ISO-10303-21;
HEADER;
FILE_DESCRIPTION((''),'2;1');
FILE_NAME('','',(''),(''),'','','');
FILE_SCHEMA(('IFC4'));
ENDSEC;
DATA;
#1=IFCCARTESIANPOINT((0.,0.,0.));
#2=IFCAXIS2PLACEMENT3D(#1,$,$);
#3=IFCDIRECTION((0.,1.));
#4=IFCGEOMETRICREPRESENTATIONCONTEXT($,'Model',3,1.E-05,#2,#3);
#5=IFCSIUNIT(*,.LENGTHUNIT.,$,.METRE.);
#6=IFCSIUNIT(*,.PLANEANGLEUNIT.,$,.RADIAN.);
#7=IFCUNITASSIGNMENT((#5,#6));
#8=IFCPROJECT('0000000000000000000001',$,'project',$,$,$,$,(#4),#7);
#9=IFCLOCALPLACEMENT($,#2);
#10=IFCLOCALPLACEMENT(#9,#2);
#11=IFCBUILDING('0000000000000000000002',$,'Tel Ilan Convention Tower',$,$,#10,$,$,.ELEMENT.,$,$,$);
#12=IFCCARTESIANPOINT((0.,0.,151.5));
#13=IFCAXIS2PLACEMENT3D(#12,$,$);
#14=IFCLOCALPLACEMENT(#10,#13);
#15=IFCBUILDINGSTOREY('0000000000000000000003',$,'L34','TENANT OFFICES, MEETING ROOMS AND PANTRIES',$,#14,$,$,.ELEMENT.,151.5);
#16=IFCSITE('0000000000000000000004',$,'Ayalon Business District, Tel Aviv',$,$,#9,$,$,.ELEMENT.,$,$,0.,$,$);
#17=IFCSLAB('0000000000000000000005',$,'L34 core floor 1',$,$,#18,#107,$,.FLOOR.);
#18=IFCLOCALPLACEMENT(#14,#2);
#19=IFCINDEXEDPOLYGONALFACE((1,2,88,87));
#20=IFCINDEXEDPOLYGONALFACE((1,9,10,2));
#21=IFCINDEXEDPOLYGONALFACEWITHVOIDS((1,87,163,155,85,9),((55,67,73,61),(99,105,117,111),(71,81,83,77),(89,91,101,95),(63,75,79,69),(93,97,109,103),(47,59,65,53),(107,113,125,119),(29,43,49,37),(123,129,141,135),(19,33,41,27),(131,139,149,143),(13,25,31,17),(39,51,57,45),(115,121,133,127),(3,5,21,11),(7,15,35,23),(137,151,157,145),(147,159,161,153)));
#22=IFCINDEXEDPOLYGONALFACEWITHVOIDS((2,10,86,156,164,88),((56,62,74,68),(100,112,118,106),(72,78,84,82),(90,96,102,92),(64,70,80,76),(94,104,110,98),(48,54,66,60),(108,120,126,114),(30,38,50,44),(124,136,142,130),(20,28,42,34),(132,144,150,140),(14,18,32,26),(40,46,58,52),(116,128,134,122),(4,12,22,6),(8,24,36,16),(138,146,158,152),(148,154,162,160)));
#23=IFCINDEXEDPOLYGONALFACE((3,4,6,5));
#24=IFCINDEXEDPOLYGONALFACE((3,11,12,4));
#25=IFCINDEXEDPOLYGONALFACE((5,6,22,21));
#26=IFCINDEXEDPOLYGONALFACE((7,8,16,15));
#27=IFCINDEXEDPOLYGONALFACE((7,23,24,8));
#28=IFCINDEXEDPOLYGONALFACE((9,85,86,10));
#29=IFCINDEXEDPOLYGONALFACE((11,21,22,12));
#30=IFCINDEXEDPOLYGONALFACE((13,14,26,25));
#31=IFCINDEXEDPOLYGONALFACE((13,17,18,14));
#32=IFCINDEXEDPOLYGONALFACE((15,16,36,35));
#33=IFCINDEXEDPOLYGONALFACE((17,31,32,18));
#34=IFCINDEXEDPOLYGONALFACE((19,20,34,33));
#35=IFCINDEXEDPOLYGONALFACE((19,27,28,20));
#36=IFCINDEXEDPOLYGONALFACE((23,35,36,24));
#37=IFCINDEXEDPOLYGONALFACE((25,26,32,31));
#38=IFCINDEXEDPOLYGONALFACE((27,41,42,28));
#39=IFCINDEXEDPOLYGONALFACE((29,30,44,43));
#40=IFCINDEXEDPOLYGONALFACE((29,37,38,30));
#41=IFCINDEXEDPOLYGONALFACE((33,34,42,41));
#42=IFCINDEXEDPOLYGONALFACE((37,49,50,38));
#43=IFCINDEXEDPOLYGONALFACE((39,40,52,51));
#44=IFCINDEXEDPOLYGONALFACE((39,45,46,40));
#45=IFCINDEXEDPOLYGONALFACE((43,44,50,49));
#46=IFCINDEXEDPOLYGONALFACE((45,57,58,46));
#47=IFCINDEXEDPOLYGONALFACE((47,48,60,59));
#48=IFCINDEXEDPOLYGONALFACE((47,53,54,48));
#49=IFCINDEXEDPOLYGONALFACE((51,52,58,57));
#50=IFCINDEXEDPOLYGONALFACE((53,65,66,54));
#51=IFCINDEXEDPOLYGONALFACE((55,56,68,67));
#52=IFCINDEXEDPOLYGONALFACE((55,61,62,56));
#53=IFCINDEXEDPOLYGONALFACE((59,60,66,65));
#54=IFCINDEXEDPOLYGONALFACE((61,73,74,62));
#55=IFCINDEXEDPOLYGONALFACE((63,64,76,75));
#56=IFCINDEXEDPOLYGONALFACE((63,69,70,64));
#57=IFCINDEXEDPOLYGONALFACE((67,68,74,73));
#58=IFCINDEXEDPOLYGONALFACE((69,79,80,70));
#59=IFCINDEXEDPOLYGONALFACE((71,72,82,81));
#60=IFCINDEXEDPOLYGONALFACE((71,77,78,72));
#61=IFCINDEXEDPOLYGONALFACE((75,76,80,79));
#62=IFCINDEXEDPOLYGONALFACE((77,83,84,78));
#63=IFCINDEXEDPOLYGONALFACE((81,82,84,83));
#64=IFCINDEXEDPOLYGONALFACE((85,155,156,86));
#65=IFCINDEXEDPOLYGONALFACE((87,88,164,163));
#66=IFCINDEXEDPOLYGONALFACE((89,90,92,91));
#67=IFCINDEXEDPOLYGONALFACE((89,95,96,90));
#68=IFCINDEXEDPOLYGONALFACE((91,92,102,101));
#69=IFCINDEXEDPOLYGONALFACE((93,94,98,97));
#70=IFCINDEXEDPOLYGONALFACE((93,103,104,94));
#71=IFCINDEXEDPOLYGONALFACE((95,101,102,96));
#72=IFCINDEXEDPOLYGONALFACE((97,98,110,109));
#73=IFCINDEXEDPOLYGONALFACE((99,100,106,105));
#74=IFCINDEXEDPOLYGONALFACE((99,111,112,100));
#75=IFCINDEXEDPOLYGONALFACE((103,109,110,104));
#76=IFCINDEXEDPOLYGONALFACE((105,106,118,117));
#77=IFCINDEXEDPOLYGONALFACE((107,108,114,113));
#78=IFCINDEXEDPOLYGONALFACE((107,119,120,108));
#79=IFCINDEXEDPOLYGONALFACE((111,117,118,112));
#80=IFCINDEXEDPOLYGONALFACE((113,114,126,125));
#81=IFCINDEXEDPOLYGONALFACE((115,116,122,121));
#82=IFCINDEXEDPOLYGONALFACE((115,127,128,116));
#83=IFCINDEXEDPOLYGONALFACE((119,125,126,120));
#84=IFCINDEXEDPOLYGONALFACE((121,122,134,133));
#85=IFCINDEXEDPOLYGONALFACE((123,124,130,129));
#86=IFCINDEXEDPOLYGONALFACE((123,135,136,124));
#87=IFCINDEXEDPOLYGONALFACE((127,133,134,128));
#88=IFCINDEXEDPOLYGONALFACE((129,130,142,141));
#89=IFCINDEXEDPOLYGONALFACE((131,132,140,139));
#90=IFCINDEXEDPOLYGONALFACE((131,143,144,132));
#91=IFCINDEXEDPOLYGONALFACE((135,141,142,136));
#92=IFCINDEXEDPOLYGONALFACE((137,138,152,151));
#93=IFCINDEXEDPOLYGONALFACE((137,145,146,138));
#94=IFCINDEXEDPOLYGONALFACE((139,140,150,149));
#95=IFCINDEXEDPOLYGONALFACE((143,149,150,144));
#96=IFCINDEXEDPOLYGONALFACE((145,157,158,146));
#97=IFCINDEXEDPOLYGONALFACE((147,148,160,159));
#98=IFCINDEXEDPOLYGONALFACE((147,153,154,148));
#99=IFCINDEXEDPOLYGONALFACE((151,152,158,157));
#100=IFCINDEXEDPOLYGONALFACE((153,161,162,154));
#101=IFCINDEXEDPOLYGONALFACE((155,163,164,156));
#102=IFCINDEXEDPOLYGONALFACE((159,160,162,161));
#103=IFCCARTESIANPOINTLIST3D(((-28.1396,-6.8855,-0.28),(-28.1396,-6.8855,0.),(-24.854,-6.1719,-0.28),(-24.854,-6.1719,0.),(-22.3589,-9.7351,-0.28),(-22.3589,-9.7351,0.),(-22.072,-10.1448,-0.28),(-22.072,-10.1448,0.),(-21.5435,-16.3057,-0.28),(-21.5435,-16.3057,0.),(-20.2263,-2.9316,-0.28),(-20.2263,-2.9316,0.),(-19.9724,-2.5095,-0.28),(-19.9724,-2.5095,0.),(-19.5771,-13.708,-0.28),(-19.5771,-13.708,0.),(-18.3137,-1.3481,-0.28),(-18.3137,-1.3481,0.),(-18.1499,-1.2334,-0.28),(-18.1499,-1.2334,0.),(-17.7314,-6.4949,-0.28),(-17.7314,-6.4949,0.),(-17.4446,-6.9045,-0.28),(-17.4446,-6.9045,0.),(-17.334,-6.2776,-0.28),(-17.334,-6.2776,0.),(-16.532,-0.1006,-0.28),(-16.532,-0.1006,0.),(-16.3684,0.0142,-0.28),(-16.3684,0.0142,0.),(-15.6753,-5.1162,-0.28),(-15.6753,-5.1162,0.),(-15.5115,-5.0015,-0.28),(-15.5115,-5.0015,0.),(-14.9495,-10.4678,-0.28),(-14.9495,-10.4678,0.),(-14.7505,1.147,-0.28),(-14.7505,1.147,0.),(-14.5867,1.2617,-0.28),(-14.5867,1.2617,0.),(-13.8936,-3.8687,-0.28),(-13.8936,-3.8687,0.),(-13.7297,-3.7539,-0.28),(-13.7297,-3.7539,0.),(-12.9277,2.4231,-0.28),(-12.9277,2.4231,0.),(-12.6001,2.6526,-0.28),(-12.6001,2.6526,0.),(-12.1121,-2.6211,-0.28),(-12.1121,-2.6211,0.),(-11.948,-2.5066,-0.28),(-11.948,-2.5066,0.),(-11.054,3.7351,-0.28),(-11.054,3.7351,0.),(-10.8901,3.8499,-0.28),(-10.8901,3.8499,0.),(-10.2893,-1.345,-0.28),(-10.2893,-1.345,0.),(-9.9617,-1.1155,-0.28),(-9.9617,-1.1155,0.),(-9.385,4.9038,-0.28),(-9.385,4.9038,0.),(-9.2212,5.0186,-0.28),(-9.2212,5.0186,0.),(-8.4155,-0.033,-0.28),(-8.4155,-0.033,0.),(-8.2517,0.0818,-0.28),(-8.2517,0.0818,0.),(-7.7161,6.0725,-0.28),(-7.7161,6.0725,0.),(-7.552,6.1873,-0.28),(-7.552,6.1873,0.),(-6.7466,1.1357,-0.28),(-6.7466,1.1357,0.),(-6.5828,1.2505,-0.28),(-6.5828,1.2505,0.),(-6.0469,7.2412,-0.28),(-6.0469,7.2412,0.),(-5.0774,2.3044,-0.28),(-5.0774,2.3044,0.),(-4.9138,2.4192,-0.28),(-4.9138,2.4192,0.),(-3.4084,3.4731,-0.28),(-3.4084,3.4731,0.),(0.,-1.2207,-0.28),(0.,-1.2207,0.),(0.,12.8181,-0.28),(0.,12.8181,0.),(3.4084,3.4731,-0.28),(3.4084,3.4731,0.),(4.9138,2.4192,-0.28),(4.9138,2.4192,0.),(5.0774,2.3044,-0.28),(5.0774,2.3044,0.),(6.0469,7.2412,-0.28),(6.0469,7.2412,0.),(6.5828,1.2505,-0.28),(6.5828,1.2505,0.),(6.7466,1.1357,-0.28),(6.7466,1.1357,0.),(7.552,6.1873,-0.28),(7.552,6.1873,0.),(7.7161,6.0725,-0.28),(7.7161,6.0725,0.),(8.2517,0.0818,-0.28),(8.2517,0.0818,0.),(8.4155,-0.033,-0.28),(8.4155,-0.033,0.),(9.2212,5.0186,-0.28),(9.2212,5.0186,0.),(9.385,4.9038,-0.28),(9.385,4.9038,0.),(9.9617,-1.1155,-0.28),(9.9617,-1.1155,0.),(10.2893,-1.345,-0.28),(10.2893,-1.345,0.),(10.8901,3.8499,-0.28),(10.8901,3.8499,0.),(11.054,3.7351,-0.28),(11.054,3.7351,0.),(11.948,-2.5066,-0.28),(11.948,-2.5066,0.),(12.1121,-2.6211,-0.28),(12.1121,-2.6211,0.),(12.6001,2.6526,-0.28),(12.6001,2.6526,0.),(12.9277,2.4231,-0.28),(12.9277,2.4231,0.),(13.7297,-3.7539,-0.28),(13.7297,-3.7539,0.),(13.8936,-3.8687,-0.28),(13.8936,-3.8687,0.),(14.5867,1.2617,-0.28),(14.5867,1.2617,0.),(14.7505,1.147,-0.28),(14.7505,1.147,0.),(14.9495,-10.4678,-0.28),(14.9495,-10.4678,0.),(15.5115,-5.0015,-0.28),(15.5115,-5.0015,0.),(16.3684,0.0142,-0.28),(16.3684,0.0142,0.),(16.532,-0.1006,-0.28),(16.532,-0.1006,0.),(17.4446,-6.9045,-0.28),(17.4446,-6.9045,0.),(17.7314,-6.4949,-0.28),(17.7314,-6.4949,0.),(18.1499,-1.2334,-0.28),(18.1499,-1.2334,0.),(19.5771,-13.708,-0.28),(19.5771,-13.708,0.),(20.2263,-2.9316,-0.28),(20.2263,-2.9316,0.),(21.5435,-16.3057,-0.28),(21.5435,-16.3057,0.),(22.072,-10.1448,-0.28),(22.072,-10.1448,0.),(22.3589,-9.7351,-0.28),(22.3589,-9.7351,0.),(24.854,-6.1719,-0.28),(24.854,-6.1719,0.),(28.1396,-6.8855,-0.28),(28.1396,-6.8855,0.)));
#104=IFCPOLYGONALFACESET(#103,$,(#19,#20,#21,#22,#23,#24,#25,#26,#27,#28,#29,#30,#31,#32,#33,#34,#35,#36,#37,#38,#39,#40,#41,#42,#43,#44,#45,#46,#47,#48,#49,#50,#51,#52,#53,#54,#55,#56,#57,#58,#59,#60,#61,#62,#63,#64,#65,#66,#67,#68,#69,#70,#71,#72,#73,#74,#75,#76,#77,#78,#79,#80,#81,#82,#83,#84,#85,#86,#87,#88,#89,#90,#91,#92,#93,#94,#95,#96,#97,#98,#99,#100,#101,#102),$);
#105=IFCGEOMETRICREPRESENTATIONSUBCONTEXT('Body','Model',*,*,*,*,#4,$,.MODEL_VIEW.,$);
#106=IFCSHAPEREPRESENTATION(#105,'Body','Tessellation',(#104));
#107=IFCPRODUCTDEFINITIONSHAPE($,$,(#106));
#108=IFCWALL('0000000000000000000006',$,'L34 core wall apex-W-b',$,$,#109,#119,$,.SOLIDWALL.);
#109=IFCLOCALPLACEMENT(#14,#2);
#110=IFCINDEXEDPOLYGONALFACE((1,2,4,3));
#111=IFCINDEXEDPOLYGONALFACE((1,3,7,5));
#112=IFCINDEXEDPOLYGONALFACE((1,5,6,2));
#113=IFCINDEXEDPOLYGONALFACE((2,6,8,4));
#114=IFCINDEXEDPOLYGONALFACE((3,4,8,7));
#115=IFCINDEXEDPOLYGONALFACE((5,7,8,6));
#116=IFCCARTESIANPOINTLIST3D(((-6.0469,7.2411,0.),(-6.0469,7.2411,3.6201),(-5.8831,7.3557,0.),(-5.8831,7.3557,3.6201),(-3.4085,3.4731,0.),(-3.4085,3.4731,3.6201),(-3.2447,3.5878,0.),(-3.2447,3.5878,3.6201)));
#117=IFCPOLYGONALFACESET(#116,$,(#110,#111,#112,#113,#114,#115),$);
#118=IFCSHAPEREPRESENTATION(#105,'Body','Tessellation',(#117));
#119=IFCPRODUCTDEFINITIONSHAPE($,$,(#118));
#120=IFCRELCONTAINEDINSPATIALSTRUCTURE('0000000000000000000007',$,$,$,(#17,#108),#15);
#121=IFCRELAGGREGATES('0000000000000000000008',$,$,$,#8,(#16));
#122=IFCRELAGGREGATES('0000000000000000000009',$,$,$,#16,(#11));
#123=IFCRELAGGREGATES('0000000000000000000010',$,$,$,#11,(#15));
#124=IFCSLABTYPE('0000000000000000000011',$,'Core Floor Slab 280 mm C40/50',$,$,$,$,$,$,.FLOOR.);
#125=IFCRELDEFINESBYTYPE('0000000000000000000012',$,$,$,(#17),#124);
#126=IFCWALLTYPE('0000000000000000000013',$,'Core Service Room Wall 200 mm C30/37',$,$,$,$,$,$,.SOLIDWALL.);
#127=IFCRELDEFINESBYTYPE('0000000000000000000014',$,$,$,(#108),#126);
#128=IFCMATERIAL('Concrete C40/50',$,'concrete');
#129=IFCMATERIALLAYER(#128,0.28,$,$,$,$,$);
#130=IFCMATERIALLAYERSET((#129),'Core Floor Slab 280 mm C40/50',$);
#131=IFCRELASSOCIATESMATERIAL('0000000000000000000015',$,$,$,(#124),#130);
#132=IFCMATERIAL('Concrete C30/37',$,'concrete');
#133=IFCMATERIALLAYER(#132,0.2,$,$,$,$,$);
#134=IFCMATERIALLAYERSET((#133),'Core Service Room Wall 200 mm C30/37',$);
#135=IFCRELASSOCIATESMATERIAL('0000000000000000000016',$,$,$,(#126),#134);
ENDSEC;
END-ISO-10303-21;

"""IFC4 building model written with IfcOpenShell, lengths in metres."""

from ifc_helpers import new_model, si_unit, direction, frame, frame_2d, origin, place, context, subcontext, project, spatial, polyline, rectangle, outline, extrude, material, layer, layer_set, type_object, element, save


model = new_model("IFC4")

# Units and contexts
model_context = context("Model", 3, precision=1e-05, world=origin(), true_north=direction((0.0, 1.0)))
body_context = subcontext(model_context, "Body", "Model", "MODEL_VIEW")
ifc_project = project(units=[si_unit("LENGTHUNIT", "METRE"), si_unit("PLANEANGLEUNIT", "RADIAN")], contexts=[model_context])

# Site, building, storey
site_placement = place(None, origin())
site = spatial("IfcSite", under=ifc_project, at=site_placement, Name="Ayalon Business District, Tel Aviv", CompositionType="ELEMENT", RefElevation=0.0)
building_placement = place(site_placement, origin())
building = spatial("IfcBuilding", under=site, at=building_placement, Name="Tel Ilan Convention Tower", CompositionType="ELEMENT")
storey_placement = place(building_placement, frame((0.0, 0.0, 151.5)))
storey = spatial("IfcBuildingStorey", under=building, at=storey_placement, Name="L34", Description="TENANT OFFICES, MEETING ROOMS AND PANTRIES", CompositionType="ELEMENT", Elevation=151.5)

# Slab
ifc_material_1 = material(Name="Concrete C40/50", Category="concrete")
ifc_layer_1 = layer(ifc_material_1, 0.28)
ifc_layer_set_1 = layer_set([ifc_layer_1], Name="Core Floor Slab 280 mm C40/50")
slab_type_1 = type_object("IfcSlabType", Name="Core Floor Slab 280 mm C40/50", PredefinedType="FLOOR", material=ifc_layer_set_1)
slab_1_placement = place(storey_placement, frame((0.0, 0.0, -0.28)))
element("IfcSlab", 1, at=slab_1_placement, inside=storey, type_object=slab_type_1, Name="L34 core floor 1", PredefinedType="FLOOR", context=body_context, shape_type="SweptSolid", body=[
    extrude(outline(polyline([(-28.1396, -6.8855), (0.0, 12.8181), (28.1396, -6.8855), (21.5435, -16.3057), (0.0, -1.2207), (-21.5435, -16.3057), (-28.1396, -6.8855)]), holes=[polyline([(-14.9495, -10.4678), (-17.4446, -6.9045), (-22.072, -10.1448), (-19.5771, -13.708), (-14.9495, -10.4678)]), polyline([(-17.7314, -6.4949), (-20.2263, -2.9316), (-24.854, -6.1719), (-22.3589, -9.7351), (-17.7314, -6.4949)]), polyline([(-18.3137, -1.3481), (-19.9724, -2.5095), (-17.334, -6.2776), (-15.6753, -5.1162), (-18.3137, -1.3481)]), polyline([(-16.532, -0.1006), (-18.1499, -1.2334), (-15.5115, -5.0015), (-13.8936, -3.8687), (-16.532, -0.1006)]), polyline([(-14.7505, 1.147), (-16.3684, 0.0142), (-13.7297, -3.7539), (-12.1121, -2.6211), (-14.7505, 1.147)]), polyline([(-12.9277, 2.4231), (-14.5867, 1.2617), (-11.948, -2.5066), (-10.2893, -1.345), (-12.9277, 2.4231)]), polyline([(-11.054, 3.7351), (-12.6001, 2.6526), (-9.9617, -1.1155), (-8.4155, -0.033), (-11.054, 3.7351)]), polyline([(-6.7466, 1.1357), (-9.385, 4.9038), (-10.8901, 3.8499), (-8.2517, 0.0818), (-6.7466, 1.1357)]), polyline([(-5.0774, 2.3044), (-7.7161, 6.0725), (-9.2212, 5.0186), (-6.5828, 1.2505), (-5.0774, 2.3044)]), polyline([(-6.0469, 7.2412), (-7.552, 6.1873), (-4.9138, 2.4192), (-3.4084, 3.4731), (-6.0469, 7.2412)]), polyline([(17.4446, -6.9045), (14.9495, -10.4678), (19.5771, -13.708), (22.072, -10.1448), (17.4446, -6.9045)]), polyline([(20.2263, -2.9316), (17.7314, -6.4949), (22.3589, -9.7351), (24.854, -6.1719), (20.2263, -2.9316)]), polyline([(13.8936, -3.8687), (15.5115, -5.0015), (18.1499, -1.2334), (16.532, -0.1006), (13.8936, -3.8687)]), polyline([(12.1121, -2.6211), (13.7297, -3.7539), (16.3684, 0.0142), (14.7505, 1.147), (12.1121, -2.6211)]), polyline([(11.948, -2.5066), (14.5867, 1.2617), (12.9277, 2.4231), (10.2893, -1.345), (11.948, -2.5066)]), polyline([(9.9617, -1.1155), (12.6001, 2.6526), (11.054, 3.7351), (8.4155, -0.033), (9.9617, -1.1155)]), polyline([(8.2517, 0.0818), (10.8901, 3.8499), (9.385, 4.9038), (6.7466, 1.1357), (8.2517, 0.0818)]), polyline([(5.0774, 2.3044), (6.5828, 1.2505), (9.2212, 5.0186), (7.7161, 6.0725), (5.0774, 2.3044)]), polyline([(3.4084, 3.4731), (4.9138, 2.4192), (7.552, 6.1873), (6.0469, 7.2412), (3.4084, 3.4731)])]), origin(), (0.0, 0.0, 1.0), 0.28),
])

# Wall
ifc_material_2 = material(Name="Concrete C30/37", Category="concrete")
ifc_layer_2 = layer(ifc_material_2, 0.2)
ifc_layer_set_2 = layer_set([ifc_layer_2], Name="Core Service Room Wall 200 mm C30/37")
wall_type_1 = type_object("IfcWallType", Name="Core Service Room Wall 200 mm C30/37", PredefinedType="SOLIDWALL", material=ifc_layer_set_2)
wall_1_placement = place(storey_placement, frame((-3.3267, 3.5305, 0.0), z_axis=(0.0, 0.0, 1.0), x_axis=(-0.573576, 0.819152, 0.0)))
element("IfcWall", 2, at=wall_1_placement, inside=storey, type_object=wall_type_1, Name="L34 core wall apex-W-b", PredefinedType="SOLIDWALL", context=body_context, shape_type="SweptSolid", body=[
    extrude(rectangle(XDim=4.5999, YDim=0.2, at=frame_2d((2.2998, 0.0))), origin(), (0.0, 0.0, 1.0), 3.6201),
])

save(model, "model.ifc")
